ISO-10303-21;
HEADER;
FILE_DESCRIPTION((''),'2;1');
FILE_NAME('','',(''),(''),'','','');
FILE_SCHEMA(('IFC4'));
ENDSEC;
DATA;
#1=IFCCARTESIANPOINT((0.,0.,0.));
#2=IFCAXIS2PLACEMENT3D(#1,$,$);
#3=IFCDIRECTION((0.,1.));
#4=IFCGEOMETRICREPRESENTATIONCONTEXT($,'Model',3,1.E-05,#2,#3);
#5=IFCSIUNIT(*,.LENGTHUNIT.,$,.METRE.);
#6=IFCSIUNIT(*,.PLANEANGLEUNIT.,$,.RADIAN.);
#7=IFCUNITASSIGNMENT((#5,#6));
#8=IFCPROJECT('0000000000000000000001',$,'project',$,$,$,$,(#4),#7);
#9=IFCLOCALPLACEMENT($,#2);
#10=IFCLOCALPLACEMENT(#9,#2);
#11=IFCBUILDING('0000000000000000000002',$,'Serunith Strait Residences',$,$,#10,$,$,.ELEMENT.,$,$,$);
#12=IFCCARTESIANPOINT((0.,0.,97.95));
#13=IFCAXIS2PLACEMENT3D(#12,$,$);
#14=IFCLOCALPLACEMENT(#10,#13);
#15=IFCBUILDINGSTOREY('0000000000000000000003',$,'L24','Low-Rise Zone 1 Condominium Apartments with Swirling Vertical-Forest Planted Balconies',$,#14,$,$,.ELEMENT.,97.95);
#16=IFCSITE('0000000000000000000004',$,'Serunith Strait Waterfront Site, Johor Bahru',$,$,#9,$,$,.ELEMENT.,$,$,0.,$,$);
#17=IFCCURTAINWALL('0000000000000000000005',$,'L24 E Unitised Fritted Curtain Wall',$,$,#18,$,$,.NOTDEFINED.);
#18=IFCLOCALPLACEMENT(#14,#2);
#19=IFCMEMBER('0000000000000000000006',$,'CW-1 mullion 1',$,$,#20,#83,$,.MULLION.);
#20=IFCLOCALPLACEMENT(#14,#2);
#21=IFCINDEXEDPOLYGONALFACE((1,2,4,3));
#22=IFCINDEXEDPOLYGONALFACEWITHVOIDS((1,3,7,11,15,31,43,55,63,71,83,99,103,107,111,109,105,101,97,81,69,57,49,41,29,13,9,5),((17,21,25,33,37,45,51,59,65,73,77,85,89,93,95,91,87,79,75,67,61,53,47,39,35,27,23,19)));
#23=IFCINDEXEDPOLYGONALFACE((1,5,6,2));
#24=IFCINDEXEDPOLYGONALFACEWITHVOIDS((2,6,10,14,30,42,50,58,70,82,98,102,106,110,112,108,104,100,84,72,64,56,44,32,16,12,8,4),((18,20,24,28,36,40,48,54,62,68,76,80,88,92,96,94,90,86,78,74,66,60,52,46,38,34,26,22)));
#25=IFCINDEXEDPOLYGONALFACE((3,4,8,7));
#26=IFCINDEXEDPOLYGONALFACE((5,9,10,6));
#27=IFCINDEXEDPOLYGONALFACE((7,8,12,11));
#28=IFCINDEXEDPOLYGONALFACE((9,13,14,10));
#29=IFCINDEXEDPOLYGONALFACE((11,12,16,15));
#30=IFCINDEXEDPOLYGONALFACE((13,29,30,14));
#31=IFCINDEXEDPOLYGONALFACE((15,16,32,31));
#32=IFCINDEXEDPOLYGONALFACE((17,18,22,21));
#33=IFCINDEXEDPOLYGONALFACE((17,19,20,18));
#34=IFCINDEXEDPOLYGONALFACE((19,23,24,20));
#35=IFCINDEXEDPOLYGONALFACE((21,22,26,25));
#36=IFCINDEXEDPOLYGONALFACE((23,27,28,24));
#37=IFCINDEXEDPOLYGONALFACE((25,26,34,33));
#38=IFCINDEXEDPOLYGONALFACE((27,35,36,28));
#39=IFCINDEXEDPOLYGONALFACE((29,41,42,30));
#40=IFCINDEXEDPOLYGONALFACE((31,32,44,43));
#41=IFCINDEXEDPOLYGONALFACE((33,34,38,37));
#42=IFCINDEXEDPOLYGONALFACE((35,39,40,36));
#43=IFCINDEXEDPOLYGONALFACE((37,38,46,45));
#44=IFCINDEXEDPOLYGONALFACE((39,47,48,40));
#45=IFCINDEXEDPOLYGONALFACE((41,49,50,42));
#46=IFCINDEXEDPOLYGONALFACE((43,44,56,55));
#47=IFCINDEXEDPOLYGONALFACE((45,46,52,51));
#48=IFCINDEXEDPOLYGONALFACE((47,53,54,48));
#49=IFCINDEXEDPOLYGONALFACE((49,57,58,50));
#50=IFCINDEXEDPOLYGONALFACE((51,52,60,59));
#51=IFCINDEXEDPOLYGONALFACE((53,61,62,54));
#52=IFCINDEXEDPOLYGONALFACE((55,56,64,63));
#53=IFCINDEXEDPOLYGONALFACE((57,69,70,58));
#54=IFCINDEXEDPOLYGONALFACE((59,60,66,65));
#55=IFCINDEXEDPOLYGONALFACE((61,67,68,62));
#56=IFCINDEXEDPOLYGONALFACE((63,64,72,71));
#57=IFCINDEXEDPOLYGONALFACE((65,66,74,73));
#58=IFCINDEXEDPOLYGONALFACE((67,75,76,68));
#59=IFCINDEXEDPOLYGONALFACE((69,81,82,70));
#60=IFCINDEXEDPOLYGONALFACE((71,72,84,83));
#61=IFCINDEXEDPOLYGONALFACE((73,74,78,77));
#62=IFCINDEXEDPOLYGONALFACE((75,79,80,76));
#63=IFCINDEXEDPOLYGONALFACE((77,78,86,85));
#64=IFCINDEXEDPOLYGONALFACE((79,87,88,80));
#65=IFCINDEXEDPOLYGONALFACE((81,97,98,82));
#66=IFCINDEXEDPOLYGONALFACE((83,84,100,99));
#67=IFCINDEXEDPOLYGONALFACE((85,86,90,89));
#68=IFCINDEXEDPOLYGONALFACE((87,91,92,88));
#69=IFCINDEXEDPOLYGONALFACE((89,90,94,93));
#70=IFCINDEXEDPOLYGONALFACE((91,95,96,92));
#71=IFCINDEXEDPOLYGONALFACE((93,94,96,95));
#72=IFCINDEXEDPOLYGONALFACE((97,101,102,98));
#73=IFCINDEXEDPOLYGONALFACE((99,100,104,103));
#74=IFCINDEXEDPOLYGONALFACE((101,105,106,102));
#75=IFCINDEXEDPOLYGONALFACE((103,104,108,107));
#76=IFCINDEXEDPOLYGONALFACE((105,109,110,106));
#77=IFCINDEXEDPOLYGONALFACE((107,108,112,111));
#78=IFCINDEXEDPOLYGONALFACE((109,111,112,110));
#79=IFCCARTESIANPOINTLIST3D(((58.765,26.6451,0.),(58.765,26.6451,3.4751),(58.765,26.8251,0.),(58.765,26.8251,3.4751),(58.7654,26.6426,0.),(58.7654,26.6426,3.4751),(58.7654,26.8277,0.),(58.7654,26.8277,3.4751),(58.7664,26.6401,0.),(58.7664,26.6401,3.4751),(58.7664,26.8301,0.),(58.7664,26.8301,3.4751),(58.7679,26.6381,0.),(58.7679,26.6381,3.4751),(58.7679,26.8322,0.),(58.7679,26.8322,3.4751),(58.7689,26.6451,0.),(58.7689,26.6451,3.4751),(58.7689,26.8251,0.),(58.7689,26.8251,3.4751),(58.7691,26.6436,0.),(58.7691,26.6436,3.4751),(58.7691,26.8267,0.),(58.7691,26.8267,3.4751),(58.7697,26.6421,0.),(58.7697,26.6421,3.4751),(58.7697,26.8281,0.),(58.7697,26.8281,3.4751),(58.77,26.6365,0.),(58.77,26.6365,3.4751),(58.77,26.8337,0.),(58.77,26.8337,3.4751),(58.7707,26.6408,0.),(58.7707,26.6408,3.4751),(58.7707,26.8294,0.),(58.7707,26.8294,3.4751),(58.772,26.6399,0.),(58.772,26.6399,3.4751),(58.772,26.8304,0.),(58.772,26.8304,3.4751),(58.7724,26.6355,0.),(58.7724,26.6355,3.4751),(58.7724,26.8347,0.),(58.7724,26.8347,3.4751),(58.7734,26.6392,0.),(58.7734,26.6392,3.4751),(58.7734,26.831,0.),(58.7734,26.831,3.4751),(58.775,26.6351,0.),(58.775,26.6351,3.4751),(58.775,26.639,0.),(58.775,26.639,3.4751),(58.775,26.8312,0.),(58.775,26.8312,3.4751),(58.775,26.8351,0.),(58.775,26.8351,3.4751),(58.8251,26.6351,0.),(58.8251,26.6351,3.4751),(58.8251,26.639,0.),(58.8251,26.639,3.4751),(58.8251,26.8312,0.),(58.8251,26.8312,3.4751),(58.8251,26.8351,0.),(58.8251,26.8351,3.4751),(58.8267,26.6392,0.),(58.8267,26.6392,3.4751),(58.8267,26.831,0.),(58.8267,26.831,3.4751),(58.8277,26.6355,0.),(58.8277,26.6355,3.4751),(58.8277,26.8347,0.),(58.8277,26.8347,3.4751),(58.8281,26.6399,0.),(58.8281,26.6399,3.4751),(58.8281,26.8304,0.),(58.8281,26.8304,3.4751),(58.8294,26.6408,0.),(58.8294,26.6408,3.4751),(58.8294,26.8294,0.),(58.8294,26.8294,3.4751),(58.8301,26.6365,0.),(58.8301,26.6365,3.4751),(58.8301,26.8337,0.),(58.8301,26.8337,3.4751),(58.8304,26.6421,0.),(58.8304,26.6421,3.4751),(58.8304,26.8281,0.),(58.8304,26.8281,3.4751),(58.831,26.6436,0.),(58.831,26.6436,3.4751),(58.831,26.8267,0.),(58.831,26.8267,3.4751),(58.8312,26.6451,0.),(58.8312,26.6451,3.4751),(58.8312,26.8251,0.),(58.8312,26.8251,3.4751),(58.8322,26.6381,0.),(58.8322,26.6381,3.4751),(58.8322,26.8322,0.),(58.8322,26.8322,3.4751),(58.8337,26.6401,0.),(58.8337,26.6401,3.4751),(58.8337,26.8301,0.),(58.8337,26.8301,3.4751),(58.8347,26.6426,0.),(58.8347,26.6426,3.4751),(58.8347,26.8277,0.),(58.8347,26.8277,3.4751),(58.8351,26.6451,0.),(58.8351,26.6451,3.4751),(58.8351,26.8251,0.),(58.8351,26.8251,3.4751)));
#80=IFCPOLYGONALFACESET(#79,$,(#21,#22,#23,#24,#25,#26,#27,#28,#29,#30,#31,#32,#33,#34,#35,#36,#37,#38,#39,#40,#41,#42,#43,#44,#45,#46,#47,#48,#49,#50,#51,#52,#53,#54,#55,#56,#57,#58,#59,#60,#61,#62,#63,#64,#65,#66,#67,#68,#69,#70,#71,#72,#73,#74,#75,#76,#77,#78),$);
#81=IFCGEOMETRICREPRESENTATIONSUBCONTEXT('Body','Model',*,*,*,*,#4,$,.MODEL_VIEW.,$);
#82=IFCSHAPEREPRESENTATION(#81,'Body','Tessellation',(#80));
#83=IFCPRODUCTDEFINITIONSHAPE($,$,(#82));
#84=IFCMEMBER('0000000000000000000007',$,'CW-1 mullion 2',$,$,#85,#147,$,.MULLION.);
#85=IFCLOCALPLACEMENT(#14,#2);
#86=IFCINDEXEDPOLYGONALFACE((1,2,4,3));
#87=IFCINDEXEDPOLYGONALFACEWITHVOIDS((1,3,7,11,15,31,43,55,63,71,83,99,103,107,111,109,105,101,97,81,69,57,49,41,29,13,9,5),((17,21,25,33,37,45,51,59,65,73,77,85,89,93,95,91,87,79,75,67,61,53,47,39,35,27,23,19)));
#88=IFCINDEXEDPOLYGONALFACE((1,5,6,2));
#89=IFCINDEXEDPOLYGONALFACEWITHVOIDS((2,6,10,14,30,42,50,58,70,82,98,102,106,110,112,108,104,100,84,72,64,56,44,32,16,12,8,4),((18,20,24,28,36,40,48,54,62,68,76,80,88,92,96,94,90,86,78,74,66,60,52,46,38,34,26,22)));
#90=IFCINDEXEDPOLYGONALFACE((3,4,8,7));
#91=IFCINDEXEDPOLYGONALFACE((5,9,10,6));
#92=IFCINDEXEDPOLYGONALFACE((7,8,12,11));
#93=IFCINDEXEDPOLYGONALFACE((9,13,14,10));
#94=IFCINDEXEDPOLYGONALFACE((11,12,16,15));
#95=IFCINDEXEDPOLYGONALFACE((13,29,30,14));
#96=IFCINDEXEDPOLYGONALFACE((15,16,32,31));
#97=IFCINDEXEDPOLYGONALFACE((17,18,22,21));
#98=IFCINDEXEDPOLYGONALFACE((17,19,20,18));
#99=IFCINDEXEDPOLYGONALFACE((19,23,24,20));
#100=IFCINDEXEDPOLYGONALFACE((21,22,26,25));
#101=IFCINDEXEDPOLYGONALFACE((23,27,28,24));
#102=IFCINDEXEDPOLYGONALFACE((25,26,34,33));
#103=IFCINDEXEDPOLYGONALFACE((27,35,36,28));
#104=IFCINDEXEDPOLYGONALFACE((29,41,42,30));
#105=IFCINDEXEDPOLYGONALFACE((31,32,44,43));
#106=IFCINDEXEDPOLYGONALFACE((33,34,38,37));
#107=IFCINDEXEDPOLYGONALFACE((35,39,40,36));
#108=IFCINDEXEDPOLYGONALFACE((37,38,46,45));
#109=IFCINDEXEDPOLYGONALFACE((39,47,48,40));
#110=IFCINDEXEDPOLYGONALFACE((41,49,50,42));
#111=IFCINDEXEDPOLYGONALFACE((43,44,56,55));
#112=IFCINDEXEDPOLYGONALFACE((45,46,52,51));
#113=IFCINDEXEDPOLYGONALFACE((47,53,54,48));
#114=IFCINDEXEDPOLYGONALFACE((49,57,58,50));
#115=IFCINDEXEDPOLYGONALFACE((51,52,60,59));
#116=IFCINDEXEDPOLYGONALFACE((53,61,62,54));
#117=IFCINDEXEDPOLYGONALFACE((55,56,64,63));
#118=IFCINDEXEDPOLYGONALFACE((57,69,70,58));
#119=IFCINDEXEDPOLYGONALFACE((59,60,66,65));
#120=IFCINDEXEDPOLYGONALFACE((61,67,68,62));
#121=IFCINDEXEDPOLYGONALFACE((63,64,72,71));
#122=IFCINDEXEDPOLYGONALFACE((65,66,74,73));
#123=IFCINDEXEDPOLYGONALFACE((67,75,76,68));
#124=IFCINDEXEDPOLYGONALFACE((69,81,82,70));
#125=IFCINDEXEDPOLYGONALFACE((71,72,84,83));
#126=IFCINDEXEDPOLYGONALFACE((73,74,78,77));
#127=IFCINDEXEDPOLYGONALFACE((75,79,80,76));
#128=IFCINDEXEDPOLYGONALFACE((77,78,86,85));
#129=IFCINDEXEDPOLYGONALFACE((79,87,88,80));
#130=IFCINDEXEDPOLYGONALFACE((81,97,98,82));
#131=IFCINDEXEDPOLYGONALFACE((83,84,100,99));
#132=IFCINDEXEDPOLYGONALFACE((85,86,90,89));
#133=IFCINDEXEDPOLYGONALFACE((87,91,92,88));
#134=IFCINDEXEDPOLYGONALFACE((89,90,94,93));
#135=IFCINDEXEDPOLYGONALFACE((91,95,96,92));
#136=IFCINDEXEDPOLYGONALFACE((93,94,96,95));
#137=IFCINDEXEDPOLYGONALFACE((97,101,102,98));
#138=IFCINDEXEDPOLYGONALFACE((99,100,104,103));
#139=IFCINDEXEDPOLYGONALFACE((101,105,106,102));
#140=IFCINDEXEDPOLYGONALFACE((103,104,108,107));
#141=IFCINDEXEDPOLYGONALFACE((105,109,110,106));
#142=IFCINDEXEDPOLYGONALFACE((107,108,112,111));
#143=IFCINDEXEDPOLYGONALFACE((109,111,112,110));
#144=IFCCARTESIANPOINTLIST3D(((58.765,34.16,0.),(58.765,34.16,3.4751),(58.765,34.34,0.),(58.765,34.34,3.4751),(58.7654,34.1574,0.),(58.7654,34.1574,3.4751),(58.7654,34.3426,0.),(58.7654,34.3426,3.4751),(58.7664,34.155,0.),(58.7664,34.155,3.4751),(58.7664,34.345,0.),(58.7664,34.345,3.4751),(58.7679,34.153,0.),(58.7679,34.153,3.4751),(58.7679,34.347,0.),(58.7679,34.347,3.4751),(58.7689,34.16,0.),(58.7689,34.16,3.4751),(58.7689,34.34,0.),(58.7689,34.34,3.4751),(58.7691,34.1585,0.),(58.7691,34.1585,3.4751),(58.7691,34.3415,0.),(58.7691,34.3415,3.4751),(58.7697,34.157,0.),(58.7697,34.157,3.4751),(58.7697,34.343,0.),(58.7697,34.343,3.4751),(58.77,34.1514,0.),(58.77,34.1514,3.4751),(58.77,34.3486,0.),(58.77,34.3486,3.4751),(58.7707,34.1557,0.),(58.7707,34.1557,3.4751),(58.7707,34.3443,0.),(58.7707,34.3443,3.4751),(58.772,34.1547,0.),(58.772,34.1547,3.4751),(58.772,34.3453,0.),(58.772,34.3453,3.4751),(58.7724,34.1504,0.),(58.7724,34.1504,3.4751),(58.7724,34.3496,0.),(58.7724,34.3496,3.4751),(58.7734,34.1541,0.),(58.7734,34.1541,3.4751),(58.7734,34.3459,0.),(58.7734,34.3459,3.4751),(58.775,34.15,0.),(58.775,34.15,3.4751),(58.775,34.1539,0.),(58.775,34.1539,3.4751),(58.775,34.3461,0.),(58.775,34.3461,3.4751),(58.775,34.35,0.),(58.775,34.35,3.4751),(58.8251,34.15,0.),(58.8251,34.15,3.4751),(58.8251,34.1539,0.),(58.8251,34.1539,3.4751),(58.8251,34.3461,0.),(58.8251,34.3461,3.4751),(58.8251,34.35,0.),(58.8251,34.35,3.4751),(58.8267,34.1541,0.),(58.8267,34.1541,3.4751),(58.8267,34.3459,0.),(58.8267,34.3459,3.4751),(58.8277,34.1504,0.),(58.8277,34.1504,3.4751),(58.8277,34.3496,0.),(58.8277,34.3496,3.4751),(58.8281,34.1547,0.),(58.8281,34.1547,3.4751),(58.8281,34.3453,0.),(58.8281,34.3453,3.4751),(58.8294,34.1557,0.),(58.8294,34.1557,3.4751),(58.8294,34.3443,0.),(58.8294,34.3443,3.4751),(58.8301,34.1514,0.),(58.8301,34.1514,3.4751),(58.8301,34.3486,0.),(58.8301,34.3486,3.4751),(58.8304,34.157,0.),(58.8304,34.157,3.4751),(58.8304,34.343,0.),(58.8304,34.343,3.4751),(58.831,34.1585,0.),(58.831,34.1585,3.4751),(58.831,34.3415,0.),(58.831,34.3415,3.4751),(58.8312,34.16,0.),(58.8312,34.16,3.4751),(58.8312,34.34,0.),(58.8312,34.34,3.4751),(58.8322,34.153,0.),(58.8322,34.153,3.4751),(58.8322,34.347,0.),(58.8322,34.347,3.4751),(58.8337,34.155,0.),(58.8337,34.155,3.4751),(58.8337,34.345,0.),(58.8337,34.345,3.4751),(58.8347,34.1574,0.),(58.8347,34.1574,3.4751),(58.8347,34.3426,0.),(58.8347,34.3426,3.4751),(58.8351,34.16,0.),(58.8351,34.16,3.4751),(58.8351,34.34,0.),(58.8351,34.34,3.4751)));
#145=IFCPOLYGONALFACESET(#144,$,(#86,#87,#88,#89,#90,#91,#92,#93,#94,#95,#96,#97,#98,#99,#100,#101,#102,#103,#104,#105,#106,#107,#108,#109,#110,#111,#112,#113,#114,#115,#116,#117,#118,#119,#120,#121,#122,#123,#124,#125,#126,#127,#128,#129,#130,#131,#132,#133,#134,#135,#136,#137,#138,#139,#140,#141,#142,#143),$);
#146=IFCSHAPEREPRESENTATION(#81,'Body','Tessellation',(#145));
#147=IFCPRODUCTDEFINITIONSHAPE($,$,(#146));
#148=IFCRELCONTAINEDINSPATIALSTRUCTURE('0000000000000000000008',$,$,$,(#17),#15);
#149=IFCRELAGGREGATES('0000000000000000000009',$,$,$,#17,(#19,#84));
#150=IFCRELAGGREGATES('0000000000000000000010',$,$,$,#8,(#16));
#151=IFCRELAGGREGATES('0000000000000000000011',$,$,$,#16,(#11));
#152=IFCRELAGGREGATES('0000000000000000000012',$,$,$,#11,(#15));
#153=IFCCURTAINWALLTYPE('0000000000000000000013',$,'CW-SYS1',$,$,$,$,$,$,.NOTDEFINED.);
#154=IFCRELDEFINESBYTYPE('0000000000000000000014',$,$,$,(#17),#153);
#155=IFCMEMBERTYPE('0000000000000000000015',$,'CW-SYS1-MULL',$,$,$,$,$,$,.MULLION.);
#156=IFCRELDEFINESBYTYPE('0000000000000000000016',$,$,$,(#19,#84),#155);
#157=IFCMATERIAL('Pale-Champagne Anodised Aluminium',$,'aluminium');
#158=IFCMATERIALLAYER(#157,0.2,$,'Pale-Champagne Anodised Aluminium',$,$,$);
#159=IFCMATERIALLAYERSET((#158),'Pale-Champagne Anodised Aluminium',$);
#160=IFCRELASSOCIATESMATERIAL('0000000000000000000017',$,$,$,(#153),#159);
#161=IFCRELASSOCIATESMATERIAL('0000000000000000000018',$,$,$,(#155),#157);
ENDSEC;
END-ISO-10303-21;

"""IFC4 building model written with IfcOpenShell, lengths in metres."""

from ifc_helpers import new_model, si_unit, direction, frame, origin, origin_2d, place, context, subcontext, project, spatial, hollow_rectangle, extrude, source, transform, mapped, material, layer, layer_set, material_profile, profile_set, type_object, element, aggregate, save


model = new_model("IFC4")

# Units and contexts
model_context = context("Model", 3, precision=1e-05, world=origin(), true_north=direction((0.0, 1.0)))
body_context = subcontext(model_context, "Body", "Model", "MODEL_VIEW")
ifc_project = project(units=[si_unit("LENGTHUNIT", "METRE"), si_unit("PLANEANGLEUNIT", "RADIAN")], contexts=[model_context])

# Site, building, storey
site_placement = place(None, origin())
site = spatial("IfcSite", under=ifc_project, at=site_placement, Name="Serunith Strait Waterfront Site, Johor Bahru", CompositionType="ELEMENT", RefElevation=0.0)
building_placement = place(site_placement, origin())
building = spatial("IfcBuilding", under=site, at=building_placement, Name="Serunith Strait Residences", CompositionType="ELEMENT")
storey_placement = place(building_placement, frame((0.0, 0.0, 97.95)))
storey = spatial("IfcBuildingStorey", under=building, at=storey_placement, Name="L24", Description="Low-Rise Zone 1 Condominium Apartments with Swirling Vertical-Forest Planted Balconies", CompositionType="ELEMENT", Elevation=97.95)

# Curtain wall, members
ifc_material_1 = material(Name="Pale-Champagne Anodised Aluminium", Category="aluminium")
ifc_layer_1 = layer(ifc_material_1, 0.2, Name="Pale-Champagne Anodised Aluminium")
ifc_layer_set_1 = layer_set([ifc_layer_1], Name="Pale-Champagne Anodised Aluminium")
curtain_wall_type = type_object("IfcCurtainWallType", Name="CW-SYS1", PredefinedType="NOTDEFINED", material=ifc_layer_set_1)
curtain_wall_placement = place(storey_placement, origin())
curtain_wall = element("IfcCurtainWall", 1, at=curtain_wall_placement, inside=storey, type_object=curtain_wall_type, Name="L24 E Unitised Fritted Curtain Wall", PredefinedType="NOTDEFINED")
ifc_material_profile_1 = material_profile(ifc_material_1, hollow_rectangle(XDim=0.0701, YDim=0.2, WallThickness=0.0039, InnerFilletRadius=0.0061, OuterFilletRadius=0.01, at=origin_2d()), Name="ALU 200x70x4")
ifc_profile_set_1 = profile_set([ifc_material_profile_1], Name="Pale-Champagne Anodised Aluminium")
member_type_1 = type_object("IfcMemberType", Name="CW-SYS1-MULL", PredefinedType="MULLION", material=ifc_profile_set_1)
shared_shape_1 = source(origin(), body_context, "Body", "SweptSolid", [
    extrude(hollow_rectangle(XDim=0.0701, YDim=0.2, WallThickness=0.0039, InnerFilletRadius=0.0061, OuterFilletRadius=0.01, at=origin_2d()), origin(), (0.0, 0.0, 1.0), 3.4751),
])
member_1_placement = place(storey_placement, frame((58.8, 26.7351, 0.0), z_axis=(0.0, 0.0, 1.0), x_axis=(-1.0, 0.0, 0.0)))
member_1 = element("IfcMember", 2, at=member_1_placement, type_object=member_type_1, Name="CW-1 mullion 1", PredefinedType="MULLION", context=body_context, shape_type="MappedRepresentation", body=[
    mapped(shared_shape_1, transform((0.0, 0.0, 0.0), scale=1.0)),
])
member_2_placement = place(storey_placement, frame((58.8, 34.25, 0.0), z_axis=(0.0, 0.0, 1.0), x_axis=(-1.0, 0.0, 0.0)))
member_2 = element("IfcMember", 3, at=member_2_placement, type_object=member_type_1, Name="CW-1 mullion 2", PredefinedType="MULLION", context=body_context, shape_type="MappedRepresentation", body=[
    mapped(shared_shape_1, transform((0.0, 0.0, 0.0), scale=1.0)),
])
aggregate(curtain_wall, [member_1, member_2])

save(model, "model.ifc")
